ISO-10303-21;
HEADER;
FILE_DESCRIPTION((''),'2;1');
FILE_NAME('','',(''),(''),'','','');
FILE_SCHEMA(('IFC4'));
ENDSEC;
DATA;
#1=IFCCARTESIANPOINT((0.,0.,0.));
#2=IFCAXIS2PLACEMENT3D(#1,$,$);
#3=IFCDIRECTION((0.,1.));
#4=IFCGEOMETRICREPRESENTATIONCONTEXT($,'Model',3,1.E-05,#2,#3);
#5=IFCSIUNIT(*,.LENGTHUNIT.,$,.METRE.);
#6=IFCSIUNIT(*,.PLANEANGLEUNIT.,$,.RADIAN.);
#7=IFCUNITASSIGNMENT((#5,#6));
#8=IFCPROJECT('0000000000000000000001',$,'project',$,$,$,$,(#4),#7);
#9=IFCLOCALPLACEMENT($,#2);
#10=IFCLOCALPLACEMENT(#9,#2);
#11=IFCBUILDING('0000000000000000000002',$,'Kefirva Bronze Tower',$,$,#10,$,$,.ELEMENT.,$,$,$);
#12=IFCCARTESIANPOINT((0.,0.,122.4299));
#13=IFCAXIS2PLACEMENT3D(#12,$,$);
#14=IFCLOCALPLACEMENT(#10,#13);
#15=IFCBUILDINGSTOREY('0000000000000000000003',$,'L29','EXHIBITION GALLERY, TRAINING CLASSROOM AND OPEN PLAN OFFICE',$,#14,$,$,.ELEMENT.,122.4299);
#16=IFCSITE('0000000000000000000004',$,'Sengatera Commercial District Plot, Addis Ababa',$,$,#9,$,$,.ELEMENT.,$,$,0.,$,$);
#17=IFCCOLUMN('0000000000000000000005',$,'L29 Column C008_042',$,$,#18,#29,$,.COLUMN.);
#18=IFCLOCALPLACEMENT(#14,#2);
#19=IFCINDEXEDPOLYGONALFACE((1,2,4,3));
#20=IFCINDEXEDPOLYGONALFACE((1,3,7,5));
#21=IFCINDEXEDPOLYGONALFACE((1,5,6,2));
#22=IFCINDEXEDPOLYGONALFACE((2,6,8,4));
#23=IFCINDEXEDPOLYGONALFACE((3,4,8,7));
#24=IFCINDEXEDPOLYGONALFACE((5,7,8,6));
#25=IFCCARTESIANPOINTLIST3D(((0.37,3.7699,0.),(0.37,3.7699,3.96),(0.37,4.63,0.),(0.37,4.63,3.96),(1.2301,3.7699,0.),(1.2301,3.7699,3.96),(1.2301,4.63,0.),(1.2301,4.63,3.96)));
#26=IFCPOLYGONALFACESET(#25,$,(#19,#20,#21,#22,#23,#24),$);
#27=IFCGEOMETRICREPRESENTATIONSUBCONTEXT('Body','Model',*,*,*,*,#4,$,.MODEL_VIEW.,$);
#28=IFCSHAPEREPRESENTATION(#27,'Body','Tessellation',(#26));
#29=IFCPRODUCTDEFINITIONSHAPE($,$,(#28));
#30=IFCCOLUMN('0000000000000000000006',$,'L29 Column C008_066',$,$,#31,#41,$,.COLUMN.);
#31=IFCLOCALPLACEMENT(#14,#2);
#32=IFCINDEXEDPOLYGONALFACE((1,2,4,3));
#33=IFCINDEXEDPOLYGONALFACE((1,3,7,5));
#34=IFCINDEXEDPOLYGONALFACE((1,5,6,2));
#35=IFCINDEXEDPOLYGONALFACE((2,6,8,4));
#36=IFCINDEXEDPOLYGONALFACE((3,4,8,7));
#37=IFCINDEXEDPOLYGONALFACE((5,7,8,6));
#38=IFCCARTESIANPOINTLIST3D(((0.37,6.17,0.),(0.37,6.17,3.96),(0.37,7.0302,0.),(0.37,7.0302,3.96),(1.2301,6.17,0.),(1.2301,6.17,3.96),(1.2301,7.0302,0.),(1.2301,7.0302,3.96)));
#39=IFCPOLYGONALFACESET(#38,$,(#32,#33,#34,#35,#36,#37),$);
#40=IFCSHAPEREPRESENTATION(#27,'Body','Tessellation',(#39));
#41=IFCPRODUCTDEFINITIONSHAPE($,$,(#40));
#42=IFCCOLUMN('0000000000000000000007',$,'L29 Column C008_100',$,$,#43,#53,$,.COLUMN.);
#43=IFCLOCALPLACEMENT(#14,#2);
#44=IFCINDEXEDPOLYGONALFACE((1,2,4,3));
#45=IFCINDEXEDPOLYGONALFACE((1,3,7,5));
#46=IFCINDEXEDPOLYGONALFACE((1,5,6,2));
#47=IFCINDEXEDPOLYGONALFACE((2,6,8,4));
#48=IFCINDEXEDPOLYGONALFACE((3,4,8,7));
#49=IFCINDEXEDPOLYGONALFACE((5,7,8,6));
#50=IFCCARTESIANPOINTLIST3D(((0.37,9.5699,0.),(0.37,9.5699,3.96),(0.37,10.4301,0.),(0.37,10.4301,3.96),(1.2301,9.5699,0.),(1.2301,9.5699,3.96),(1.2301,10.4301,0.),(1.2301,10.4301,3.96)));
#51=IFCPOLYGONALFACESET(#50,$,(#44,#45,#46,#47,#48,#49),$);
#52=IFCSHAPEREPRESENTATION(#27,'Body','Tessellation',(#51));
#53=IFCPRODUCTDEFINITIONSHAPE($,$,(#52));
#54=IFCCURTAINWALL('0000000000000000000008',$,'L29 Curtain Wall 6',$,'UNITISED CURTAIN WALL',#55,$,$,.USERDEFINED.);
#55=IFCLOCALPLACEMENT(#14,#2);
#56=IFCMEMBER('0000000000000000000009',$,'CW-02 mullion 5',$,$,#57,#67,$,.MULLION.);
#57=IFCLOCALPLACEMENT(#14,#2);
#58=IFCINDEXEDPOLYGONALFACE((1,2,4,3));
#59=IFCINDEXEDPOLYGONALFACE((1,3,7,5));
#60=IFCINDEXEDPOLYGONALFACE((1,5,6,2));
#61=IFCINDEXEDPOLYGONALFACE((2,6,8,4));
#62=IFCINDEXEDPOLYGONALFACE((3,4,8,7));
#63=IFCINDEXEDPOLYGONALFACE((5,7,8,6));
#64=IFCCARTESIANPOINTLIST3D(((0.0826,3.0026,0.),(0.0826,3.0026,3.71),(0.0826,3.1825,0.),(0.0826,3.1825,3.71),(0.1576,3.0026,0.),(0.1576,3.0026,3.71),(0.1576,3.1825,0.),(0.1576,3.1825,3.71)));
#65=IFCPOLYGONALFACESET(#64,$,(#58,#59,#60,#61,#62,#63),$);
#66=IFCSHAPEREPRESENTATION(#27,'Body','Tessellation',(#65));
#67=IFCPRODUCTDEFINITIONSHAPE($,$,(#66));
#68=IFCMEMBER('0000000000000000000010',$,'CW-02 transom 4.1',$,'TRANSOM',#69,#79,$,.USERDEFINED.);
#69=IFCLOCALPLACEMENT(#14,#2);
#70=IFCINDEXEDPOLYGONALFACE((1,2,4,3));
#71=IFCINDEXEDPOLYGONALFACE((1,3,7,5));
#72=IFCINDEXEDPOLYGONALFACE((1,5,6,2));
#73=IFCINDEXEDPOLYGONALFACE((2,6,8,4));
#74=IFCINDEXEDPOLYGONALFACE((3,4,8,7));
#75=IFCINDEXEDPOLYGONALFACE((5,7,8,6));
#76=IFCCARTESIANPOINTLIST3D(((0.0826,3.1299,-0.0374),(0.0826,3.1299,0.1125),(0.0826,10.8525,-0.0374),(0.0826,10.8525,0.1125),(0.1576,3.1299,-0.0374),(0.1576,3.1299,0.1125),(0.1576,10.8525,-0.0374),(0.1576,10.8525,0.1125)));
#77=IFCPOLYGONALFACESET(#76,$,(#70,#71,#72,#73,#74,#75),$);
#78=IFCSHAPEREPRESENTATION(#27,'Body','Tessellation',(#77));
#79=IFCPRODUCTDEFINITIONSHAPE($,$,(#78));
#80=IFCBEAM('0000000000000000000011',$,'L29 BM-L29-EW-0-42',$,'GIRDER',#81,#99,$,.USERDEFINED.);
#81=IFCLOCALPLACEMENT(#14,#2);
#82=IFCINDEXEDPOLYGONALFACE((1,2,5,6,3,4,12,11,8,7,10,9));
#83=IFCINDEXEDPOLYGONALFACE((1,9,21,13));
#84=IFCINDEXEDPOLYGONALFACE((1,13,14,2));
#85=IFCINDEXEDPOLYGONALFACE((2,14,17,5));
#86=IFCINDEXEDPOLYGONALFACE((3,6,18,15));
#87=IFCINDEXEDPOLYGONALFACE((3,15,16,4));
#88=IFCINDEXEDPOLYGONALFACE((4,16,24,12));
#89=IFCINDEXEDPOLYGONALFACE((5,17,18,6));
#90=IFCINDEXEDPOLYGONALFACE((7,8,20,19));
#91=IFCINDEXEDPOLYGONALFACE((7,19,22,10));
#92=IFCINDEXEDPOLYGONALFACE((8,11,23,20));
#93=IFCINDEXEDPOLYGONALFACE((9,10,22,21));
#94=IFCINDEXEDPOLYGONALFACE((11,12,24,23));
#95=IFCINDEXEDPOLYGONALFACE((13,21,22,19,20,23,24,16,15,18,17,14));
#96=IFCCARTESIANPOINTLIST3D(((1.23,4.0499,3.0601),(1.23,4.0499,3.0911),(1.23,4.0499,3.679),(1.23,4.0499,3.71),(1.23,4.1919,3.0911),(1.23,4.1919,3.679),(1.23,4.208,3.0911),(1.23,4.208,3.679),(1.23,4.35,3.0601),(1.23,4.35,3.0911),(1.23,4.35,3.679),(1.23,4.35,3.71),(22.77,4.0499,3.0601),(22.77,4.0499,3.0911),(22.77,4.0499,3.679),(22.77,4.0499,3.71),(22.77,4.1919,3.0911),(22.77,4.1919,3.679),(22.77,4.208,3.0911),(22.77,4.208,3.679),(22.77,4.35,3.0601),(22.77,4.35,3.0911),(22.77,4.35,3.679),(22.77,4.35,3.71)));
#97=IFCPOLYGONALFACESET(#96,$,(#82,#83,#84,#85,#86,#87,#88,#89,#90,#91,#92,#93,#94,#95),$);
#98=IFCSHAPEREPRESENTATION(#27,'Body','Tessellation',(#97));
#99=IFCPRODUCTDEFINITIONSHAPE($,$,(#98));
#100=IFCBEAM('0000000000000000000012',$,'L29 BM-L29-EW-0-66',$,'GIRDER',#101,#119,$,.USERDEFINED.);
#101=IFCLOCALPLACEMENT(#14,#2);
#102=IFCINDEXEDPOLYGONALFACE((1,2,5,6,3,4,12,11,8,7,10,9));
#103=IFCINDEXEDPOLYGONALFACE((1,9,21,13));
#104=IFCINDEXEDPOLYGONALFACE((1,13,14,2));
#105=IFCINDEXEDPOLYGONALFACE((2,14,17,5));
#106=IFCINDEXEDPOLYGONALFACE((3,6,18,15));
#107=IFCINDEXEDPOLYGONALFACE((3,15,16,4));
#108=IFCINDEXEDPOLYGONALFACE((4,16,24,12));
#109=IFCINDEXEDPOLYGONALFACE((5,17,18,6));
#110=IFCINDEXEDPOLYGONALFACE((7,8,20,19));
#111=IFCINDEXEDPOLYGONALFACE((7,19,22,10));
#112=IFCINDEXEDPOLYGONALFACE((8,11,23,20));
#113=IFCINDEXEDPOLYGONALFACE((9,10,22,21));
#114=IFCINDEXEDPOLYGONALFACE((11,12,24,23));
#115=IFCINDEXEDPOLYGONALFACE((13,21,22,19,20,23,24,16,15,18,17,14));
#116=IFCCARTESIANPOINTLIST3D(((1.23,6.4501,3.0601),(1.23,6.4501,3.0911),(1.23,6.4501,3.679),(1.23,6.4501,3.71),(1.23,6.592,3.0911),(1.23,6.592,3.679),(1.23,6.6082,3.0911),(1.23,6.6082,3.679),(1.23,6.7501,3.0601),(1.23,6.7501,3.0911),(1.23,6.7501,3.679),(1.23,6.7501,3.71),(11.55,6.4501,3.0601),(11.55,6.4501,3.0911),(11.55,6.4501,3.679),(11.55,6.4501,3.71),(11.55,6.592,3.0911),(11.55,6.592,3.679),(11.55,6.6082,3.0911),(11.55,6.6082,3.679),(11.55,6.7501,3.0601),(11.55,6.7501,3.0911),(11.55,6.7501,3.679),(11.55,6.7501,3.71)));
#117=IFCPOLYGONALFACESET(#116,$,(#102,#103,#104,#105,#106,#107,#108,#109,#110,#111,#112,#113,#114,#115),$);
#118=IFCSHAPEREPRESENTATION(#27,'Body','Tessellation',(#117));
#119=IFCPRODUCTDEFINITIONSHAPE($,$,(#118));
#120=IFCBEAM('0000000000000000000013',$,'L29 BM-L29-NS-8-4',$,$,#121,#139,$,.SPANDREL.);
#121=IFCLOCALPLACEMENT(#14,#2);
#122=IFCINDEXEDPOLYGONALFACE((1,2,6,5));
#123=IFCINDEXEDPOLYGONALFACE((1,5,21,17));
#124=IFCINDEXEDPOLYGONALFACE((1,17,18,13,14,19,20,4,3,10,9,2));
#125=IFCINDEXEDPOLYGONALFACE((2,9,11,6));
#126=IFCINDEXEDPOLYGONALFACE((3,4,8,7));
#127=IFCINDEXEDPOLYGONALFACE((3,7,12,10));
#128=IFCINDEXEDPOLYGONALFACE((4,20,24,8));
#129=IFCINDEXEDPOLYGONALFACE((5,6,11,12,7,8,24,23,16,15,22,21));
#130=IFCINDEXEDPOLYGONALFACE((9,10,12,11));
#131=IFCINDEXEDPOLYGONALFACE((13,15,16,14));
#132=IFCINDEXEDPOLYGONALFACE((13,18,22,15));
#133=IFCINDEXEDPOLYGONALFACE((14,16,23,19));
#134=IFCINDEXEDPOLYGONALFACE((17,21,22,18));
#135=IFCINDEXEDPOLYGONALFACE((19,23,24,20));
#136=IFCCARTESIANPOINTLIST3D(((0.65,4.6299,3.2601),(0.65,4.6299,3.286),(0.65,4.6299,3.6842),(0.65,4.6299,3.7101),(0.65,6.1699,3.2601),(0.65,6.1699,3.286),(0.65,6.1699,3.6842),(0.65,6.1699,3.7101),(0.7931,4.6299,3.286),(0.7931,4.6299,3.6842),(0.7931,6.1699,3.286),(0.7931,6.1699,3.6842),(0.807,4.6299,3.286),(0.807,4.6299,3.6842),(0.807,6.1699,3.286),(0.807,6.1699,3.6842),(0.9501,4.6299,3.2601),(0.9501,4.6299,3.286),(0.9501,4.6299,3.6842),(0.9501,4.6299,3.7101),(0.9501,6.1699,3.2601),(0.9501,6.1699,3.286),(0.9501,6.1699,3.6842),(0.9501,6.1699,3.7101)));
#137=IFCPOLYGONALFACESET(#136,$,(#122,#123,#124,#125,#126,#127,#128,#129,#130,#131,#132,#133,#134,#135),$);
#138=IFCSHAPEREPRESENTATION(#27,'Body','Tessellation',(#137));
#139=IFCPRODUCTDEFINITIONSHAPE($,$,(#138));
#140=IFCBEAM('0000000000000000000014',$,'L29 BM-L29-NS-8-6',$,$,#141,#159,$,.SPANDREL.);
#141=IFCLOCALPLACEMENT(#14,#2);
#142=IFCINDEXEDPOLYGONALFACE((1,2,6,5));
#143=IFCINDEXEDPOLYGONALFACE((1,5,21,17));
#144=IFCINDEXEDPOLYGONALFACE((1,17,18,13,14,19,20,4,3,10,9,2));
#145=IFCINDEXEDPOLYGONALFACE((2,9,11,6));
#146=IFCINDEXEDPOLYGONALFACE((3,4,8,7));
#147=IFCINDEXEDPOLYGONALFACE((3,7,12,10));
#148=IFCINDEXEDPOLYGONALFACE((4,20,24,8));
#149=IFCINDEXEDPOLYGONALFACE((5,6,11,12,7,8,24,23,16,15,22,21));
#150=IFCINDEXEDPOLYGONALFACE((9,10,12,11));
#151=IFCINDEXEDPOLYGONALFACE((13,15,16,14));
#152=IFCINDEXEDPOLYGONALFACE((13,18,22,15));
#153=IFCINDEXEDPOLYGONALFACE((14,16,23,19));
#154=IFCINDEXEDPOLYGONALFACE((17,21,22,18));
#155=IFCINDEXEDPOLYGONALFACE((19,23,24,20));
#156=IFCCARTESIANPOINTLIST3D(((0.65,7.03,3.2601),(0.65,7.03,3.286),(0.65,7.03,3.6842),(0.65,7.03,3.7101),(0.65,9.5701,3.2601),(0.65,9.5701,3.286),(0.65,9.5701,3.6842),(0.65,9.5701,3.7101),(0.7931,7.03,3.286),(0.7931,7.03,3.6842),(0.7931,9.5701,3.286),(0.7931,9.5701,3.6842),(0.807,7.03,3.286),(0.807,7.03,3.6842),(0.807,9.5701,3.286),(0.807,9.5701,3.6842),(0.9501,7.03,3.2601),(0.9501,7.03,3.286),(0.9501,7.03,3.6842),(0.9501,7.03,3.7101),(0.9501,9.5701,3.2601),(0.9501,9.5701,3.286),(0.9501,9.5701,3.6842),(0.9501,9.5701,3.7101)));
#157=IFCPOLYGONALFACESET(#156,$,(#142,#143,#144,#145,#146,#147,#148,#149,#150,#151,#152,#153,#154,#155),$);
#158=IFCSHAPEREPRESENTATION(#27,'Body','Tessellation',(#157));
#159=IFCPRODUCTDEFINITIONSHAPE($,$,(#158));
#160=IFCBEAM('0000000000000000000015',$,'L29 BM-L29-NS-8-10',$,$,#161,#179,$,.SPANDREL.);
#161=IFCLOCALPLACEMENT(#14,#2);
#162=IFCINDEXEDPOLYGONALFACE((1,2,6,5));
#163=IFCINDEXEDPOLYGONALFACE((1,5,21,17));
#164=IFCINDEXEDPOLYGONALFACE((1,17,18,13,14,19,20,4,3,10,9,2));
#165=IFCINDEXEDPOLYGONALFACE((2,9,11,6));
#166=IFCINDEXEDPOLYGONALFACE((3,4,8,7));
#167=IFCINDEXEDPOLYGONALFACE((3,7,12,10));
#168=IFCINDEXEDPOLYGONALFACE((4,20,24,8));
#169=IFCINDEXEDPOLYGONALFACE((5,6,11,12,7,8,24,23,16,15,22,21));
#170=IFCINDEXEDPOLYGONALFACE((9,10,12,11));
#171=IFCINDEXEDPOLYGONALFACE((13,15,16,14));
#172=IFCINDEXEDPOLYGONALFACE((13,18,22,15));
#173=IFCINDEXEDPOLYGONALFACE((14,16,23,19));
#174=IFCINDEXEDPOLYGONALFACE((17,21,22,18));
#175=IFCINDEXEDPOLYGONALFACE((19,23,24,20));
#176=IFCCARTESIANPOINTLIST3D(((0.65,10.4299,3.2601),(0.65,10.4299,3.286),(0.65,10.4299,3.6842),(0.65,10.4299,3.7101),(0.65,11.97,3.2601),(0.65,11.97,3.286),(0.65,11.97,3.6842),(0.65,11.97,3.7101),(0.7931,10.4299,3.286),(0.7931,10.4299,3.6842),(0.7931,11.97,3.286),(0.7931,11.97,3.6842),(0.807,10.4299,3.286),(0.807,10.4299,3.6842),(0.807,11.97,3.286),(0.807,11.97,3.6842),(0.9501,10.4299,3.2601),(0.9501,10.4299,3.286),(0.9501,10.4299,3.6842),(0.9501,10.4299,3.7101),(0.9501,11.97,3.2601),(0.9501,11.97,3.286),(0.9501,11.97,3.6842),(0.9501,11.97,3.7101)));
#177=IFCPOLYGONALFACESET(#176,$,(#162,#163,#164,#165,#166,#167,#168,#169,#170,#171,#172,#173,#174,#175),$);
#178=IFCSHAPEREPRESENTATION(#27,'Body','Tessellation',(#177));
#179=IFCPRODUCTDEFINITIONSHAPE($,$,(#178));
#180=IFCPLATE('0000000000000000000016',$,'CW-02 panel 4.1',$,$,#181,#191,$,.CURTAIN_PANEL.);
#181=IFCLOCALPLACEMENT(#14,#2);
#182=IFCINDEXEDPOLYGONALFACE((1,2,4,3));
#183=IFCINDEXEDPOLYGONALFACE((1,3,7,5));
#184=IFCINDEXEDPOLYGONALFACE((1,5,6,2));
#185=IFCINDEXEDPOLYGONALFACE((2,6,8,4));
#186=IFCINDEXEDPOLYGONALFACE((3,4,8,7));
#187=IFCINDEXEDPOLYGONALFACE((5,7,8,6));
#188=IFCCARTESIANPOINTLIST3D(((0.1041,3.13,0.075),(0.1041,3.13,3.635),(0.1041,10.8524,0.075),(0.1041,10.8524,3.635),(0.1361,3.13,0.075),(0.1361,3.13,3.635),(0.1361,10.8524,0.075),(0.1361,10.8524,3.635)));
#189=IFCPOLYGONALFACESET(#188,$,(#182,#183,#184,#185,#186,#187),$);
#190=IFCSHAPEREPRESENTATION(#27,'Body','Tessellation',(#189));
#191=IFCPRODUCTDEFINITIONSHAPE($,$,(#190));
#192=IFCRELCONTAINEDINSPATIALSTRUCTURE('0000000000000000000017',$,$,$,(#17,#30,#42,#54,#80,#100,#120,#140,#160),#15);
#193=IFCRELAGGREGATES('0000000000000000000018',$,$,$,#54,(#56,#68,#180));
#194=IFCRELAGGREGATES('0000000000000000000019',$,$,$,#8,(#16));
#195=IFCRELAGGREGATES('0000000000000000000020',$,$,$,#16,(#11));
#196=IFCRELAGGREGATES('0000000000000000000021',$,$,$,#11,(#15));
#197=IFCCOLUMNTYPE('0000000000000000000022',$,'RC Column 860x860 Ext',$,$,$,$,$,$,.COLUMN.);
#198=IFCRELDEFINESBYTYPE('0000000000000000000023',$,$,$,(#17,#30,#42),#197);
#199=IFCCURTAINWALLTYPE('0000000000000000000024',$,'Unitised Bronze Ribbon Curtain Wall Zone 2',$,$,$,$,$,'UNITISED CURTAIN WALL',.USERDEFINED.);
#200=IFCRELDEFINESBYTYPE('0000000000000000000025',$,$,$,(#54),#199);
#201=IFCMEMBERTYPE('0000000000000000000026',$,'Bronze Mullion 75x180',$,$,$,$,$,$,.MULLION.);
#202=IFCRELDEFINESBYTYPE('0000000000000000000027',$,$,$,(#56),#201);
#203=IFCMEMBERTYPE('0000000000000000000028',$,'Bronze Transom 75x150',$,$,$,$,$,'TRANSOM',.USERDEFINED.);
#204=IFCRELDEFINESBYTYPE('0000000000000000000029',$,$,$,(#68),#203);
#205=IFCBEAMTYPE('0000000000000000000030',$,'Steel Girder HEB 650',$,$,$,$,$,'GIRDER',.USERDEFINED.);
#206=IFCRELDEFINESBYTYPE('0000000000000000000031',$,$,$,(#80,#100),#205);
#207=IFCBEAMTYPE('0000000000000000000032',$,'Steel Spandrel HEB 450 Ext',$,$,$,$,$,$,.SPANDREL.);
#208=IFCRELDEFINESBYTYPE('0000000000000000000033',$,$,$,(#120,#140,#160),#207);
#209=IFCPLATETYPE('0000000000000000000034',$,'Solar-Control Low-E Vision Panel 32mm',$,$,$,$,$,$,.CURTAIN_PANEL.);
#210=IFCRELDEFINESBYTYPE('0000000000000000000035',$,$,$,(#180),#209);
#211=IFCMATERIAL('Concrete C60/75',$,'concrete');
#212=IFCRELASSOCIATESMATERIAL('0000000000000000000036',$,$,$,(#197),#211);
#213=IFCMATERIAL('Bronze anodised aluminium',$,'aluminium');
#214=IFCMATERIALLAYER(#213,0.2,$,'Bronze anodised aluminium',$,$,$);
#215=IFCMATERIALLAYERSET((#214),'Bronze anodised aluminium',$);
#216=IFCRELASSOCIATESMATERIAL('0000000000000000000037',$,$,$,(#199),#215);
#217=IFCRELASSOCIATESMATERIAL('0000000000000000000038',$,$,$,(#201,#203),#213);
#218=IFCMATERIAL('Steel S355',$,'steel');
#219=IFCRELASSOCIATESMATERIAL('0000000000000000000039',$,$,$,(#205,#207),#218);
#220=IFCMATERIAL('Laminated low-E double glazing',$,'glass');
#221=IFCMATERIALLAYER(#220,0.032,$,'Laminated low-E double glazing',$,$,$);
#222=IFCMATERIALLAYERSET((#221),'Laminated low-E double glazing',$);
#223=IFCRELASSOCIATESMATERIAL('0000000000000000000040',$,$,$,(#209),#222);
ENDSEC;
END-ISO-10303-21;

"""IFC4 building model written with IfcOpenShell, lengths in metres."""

from ifc_helpers import new_model, si_unit, direction, frame, origin, origin_2d, place, context, subcontext, project, spatial, rectangle, i_section, extrude, material, layer, layer_set, material_profile, profile_set, type_object, element, aggregate, save


model = new_model("IFC4")

# Units and contexts
model_context = context("Model", 3, precision=1e-05, world=origin(), true_north=direction((0.0, 1.0)))
body_context = subcontext(model_context, "Body", "Model", "MODEL_VIEW")
ifc_project = project(units=[si_unit("LENGTHUNIT", "METRE"), si_unit("PLANEANGLEUNIT", "RADIAN")], contexts=[model_context])

# Site, building, storey
site_placement = place(None, origin())
site = spatial("IfcSite", under=ifc_project, at=site_placement, Name="Sengatera Commercial District Plot, Addis Ababa", CompositionType="ELEMENT", RefElevation=0.0)
building_placement = place(site_placement, origin())
building = spatial("IfcBuilding", under=site, at=building_placement, Name="Kefirva Bronze Tower", CompositionType="ELEMENT")
storey_placement = place(building_placement, frame((0.0, 0.0, 122.4299)))
storey = spatial("IfcBuildingStorey", under=building, at=storey_placement, Name="L29", Description="EXHIBITION GALLERY, TRAINING CLASSROOM AND OPEN PLAN OFFICE", CompositionType="ELEMENT", Elevation=122.4299)

# Columns
ifc_material_1 = material(Name="Concrete C60/75", Category="concrete")
ifc_material_profile_1 = material_profile(ifc_material_1, rectangle(XDim=0.8601, YDim=0.8601, at=origin_2d()), Name="RC 860x860")
ifc_profile_set_1 = profile_set([ifc_material_profile_1], Name="Concrete C60/75")
column_type = type_object("IfcColumnType", Name="RC Column 860x860 Ext", PredefinedType="COLUMN", material=ifc_profile_set_1)
for number, where, z_axis, x_axis, name in (
    (1, (0.8, 4.2, 0.0), (0.0, 0.0, 1.0), (1.0, 0.0, 0.0), "L29 Column C008_042"),
    (2, (0.8, 6.6001, 0.0), (0.0, 0.0, 1.0), (1.0, 0.0, 0.0), "L29 Column C008_066"),
    (3, (0.8, 10.0, 0.0), (0.0, 0.0, 1.0), (1.0, 0.0, 0.0), "L29 Column C008_100"),
):
    element("IfcColumn", number, at=place(storey_placement, frame(where, z_axis=z_axis, x_axis=x_axis)), inside=storey, type_object=column_type, Name=name, PredefinedType="COLUMN", context=body_context, shape_type="SweptSolid", body=[
        extrude(rectangle(XDim=0.8601, YDim=0.8601, at=origin_2d()), origin(), (0.0, 0.0, 1.0), 3.96),
    ])

# Curtain wall, members
ifc_material_2 = material(Name="Bronze anodised aluminium", Category="aluminium")
ifc_layer_1 = layer(ifc_material_2, 0.2, Name="Bronze anodised aluminium")
ifc_layer_set_1 = layer_set([ifc_layer_1], Name="Bronze anodised aluminium")
curtain_wall_type = type_object("IfcCurtainWallType", Name="Unitised Bronze Ribbon Curtain Wall Zone 2", ElementType="UNITISED CURTAIN WALL", PredefinedType="USERDEFINED", material=ifc_layer_set_1)
curtain_wall_placement = place(storey_placement, origin())
curtain_wall = element("IfcCurtainWall", 4, at=curtain_wall_placement, inside=storey, type_object=curtain_wall_type, Name="L29 Curtain Wall 6", ObjectType="UNITISED CURTAIN WALL", PredefinedType="USERDEFINED")
ifc_material_profile_2 = material_profile(ifc_material_2, rectangle(XDim=0.075, YDim=0.1799, at=origin_2d()), Name="ALU 75x180")
ifc_profile_set_2 = profile_set([ifc_material_profile_2], Name="Bronze anodised aluminium")
member_type_1 = type_object("IfcMemberType", Name="Bronze Mullion 75x180", PredefinedType="MULLION", material=ifc_profile_set_2)
member_1_placement = place(storey_placement, frame((0.1201, 3.0925, 0.0), z_axis=(0.0, 0.0, 1.0), x_axis=(1.0, 0.0, 0.0)))
member_1 = element("IfcMember", 5, at=member_1_placement, type_object=member_type_1, Name="CW-02 mullion 5", PredefinedType="MULLION", context=body_context, shape_type="SweptSolid", body=[
    extrude(rectangle(XDim=0.075, YDim=0.1799, at=origin_2d()), origin(), (0.0, 0.0, 1.0), 3.71),
])
ifc_material_profile_3 = material_profile(ifc_material_2, rectangle(XDim=0.075, YDim=0.1499, at=origin_2d()), Name="ALU 75x150")
ifc_profile_set_3 = profile_set([ifc_material_profile_3], Name="Bronze anodised aluminium")
member_type_2 = type_object("IfcMemberType", Name="Bronze Transom 75x150", ElementType="TRANSOM", PredefinedType="USERDEFINED", material=ifc_profile_set_3)
member_2_placement = place(storey_placement, frame((0.1201, 10.8525, 0.0376), z_axis=(0.0, -1.0, 0.0), x_axis=(1.0, 0.0, 0.0)))
member_2 = element("IfcMember", 6, at=member_2_placement, type_object=member_type_2, Name="CW-02 transom 4.1", ObjectType="TRANSOM", PredefinedType="USERDEFINED", context=body_context, shape_type="SweptSolid", body=[
    extrude(rectangle(XDim=0.075, YDim=0.1499, at=origin_2d()), origin(), (0.0, 0.0, 1.0), 7.7227),
])

# Beams
ifc_material_3 = material(Name="Steel S355", Category="steel")
ifc_material_profile_4 = material_profile(ifc_material_3, i_section(OverallWidth=0.3, OverallDepth=0.6499, WebThickness=0.0161, FlangeThickness=0.031, at=origin_2d()), Name="HEB 650")
ifc_profile_set_4 = profile_set([ifc_material_profile_4], Name="Steel S355")
beam_type_1 = type_object("IfcBeamType", Name="Steel Girder HEB 650", ElementType="GIRDER", PredefinedType="USERDEFINED", material=ifc_profile_set_4)
beam_1_placement = place(storey_placement, frame((1.23, 4.2, 3.385), z_axis=(1.0, 0.0, 0.0), x_axis=(0.0, 1.0, 0.0)))
element("IfcBeam", 7, at=beam_1_placement, inside=storey, type_object=beam_type_1, Name="L29 BM-L29-EW-0-42", ObjectType="GIRDER", PredefinedType="USERDEFINED", context=body_context, shape_type="SweptSolid", body=[
    extrude(i_section(OverallWidth=0.3, OverallDepth=0.6499, WebThickness=0.0161, FlangeThickness=0.031, at=origin_2d()), origin(), (0.0, 0.0, 1.0), 21.54),
])
beam_2_placement = place(storey_placement, frame((1.23, 6.6001, 3.385), z_axis=(1.0, 0.0, 0.0), x_axis=(0.0, 1.0, 0.0)))
element("IfcBeam", 8, at=beam_2_placement, inside=storey, type_object=beam_type_1, Name="L29 BM-L29-EW-0-66", ObjectType="GIRDER", PredefinedType="USERDEFINED", context=body_context, shape_type="SweptSolid", body=[
    extrude(i_section(OverallWidth=0.3, OverallDepth=0.6499, WebThickness=0.0161, FlangeThickness=0.031, at=origin_2d()), origin(), (0.0, 0.0, 1.0), 10.3201),
])
ifc_material_profile_5 = material_profile(ifc_material_3, i_section(OverallWidth=0.3, OverallDepth=0.45, WebThickness=0.0139, FlangeThickness=0.0259, at=origin_2d()), Name="HEB 450")
ifc_profile_set_5 = profile_set([ifc_material_profile_5], Name="Steel S355")
beam_type_2 = type_object("IfcBeamType", Name="Steel Spandrel HEB 450 Ext", PredefinedType="SPANDREL", material=ifc_profile_set_5)
beam_3_placement = place(storey_placement, frame((0.8, 4.6299, 3.4851), z_axis=(0.0, 1.0, 0.0), x_axis=(-1.0, 0.0, 0.0)))
element("IfcBeam", 9, at=beam_3_placement, inside=storey, type_object=beam_type_2, Name="L29 BM-L29-NS-8-4", PredefinedType="SPANDREL", context=body_context, shape_type="SweptSolid", body=[
    extrude(i_section(OverallWidth=0.3, OverallDepth=0.45, WebThickness=0.0139, FlangeThickness=0.0259, at=origin_2d()), origin(), (0.0, 0.0, 1.0), 1.54),
])
beam_4_placement = place(storey_placement, frame((0.8, 7.03, 3.4851), z_axis=(0.0, 1.0, 0.0), x_axis=(-1.0, 0.0, 0.0)))
element("IfcBeam", 10, at=beam_4_placement, inside=storey, type_object=beam_type_2, Name="L29 BM-L29-NS-8-6", PredefinedType="SPANDREL", context=body_context, shape_type="SweptSolid", body=[
    extrude(i_section(OverallWidth=0.3, OverallDepth=0.45, WebThickness=0.0139, FlangeThickness=0.0259, at=origin_2d()), origin(), (0.0, 0.0, 1.0), 2.54),
])
beam_5_placement = place(storey_placement, frame((0.8, 10.4299, 3.4851), z_axis=(0.0, 1.0, 0.0), x_axis=(-1.0, 0.0, 0.0)))
element("IfcBeam", 11, at=beam_5_placement, inside=storey, type_object=beam_type_2, Name="L29 BM-L29-NS-8-10", PredefinedType="SPANDREL", context=body_context, shape_type="SweptSolid", body=[
    extrude(i_section(OverallWidth=0.3, OverallDepth=0.45, WebThickness=0.0139, FlangeThickness=0.0259, at=origin_2d()), origin(), (0.0, 0.0, 1.0), 1.54),
])

# Plate
ifc_material_4 = material(Name="Laminated low-E double glazing", Category="glass")
ifc_layer_2 = layer(ifc_material_4, 0.032, Name="Laminated low-E double glazing")
ifc_layer_set_2 = layer_set([ifc_layer_2], Name="Laminated low-E double glazing")
plate_type = type_object("IfcPlateType", Name="Solar-Control Low-E Vision Panel 32mm", PredefinedType="CURTAIN_PANEL", material=ifc_layer_set_2)
plate_placement = place(storey_placement, frame((0.1201, 6.9912, 0.075), z_axis=(0.0, 0.0, 1.0), x_axis=(0.0, -1.0, 0.0)))
plate = element("IfcPlate", 12, at=plate_placement, type_object=plate_type, Name="CW-02 panel 4.1", PredefinedType="CURTAIN_PANEL", context=body_context, shape_type="SweptSolid", body=[
    extrude(rectangle(XDim=7.7224, YDim=0.032, at=origin_2d()), origin(), (0.0, 0.0, 1.0), 3.5601),
])
aggregate(curtain_wall, [member_1, member_2, plate])

save(model, "model.ifc")
